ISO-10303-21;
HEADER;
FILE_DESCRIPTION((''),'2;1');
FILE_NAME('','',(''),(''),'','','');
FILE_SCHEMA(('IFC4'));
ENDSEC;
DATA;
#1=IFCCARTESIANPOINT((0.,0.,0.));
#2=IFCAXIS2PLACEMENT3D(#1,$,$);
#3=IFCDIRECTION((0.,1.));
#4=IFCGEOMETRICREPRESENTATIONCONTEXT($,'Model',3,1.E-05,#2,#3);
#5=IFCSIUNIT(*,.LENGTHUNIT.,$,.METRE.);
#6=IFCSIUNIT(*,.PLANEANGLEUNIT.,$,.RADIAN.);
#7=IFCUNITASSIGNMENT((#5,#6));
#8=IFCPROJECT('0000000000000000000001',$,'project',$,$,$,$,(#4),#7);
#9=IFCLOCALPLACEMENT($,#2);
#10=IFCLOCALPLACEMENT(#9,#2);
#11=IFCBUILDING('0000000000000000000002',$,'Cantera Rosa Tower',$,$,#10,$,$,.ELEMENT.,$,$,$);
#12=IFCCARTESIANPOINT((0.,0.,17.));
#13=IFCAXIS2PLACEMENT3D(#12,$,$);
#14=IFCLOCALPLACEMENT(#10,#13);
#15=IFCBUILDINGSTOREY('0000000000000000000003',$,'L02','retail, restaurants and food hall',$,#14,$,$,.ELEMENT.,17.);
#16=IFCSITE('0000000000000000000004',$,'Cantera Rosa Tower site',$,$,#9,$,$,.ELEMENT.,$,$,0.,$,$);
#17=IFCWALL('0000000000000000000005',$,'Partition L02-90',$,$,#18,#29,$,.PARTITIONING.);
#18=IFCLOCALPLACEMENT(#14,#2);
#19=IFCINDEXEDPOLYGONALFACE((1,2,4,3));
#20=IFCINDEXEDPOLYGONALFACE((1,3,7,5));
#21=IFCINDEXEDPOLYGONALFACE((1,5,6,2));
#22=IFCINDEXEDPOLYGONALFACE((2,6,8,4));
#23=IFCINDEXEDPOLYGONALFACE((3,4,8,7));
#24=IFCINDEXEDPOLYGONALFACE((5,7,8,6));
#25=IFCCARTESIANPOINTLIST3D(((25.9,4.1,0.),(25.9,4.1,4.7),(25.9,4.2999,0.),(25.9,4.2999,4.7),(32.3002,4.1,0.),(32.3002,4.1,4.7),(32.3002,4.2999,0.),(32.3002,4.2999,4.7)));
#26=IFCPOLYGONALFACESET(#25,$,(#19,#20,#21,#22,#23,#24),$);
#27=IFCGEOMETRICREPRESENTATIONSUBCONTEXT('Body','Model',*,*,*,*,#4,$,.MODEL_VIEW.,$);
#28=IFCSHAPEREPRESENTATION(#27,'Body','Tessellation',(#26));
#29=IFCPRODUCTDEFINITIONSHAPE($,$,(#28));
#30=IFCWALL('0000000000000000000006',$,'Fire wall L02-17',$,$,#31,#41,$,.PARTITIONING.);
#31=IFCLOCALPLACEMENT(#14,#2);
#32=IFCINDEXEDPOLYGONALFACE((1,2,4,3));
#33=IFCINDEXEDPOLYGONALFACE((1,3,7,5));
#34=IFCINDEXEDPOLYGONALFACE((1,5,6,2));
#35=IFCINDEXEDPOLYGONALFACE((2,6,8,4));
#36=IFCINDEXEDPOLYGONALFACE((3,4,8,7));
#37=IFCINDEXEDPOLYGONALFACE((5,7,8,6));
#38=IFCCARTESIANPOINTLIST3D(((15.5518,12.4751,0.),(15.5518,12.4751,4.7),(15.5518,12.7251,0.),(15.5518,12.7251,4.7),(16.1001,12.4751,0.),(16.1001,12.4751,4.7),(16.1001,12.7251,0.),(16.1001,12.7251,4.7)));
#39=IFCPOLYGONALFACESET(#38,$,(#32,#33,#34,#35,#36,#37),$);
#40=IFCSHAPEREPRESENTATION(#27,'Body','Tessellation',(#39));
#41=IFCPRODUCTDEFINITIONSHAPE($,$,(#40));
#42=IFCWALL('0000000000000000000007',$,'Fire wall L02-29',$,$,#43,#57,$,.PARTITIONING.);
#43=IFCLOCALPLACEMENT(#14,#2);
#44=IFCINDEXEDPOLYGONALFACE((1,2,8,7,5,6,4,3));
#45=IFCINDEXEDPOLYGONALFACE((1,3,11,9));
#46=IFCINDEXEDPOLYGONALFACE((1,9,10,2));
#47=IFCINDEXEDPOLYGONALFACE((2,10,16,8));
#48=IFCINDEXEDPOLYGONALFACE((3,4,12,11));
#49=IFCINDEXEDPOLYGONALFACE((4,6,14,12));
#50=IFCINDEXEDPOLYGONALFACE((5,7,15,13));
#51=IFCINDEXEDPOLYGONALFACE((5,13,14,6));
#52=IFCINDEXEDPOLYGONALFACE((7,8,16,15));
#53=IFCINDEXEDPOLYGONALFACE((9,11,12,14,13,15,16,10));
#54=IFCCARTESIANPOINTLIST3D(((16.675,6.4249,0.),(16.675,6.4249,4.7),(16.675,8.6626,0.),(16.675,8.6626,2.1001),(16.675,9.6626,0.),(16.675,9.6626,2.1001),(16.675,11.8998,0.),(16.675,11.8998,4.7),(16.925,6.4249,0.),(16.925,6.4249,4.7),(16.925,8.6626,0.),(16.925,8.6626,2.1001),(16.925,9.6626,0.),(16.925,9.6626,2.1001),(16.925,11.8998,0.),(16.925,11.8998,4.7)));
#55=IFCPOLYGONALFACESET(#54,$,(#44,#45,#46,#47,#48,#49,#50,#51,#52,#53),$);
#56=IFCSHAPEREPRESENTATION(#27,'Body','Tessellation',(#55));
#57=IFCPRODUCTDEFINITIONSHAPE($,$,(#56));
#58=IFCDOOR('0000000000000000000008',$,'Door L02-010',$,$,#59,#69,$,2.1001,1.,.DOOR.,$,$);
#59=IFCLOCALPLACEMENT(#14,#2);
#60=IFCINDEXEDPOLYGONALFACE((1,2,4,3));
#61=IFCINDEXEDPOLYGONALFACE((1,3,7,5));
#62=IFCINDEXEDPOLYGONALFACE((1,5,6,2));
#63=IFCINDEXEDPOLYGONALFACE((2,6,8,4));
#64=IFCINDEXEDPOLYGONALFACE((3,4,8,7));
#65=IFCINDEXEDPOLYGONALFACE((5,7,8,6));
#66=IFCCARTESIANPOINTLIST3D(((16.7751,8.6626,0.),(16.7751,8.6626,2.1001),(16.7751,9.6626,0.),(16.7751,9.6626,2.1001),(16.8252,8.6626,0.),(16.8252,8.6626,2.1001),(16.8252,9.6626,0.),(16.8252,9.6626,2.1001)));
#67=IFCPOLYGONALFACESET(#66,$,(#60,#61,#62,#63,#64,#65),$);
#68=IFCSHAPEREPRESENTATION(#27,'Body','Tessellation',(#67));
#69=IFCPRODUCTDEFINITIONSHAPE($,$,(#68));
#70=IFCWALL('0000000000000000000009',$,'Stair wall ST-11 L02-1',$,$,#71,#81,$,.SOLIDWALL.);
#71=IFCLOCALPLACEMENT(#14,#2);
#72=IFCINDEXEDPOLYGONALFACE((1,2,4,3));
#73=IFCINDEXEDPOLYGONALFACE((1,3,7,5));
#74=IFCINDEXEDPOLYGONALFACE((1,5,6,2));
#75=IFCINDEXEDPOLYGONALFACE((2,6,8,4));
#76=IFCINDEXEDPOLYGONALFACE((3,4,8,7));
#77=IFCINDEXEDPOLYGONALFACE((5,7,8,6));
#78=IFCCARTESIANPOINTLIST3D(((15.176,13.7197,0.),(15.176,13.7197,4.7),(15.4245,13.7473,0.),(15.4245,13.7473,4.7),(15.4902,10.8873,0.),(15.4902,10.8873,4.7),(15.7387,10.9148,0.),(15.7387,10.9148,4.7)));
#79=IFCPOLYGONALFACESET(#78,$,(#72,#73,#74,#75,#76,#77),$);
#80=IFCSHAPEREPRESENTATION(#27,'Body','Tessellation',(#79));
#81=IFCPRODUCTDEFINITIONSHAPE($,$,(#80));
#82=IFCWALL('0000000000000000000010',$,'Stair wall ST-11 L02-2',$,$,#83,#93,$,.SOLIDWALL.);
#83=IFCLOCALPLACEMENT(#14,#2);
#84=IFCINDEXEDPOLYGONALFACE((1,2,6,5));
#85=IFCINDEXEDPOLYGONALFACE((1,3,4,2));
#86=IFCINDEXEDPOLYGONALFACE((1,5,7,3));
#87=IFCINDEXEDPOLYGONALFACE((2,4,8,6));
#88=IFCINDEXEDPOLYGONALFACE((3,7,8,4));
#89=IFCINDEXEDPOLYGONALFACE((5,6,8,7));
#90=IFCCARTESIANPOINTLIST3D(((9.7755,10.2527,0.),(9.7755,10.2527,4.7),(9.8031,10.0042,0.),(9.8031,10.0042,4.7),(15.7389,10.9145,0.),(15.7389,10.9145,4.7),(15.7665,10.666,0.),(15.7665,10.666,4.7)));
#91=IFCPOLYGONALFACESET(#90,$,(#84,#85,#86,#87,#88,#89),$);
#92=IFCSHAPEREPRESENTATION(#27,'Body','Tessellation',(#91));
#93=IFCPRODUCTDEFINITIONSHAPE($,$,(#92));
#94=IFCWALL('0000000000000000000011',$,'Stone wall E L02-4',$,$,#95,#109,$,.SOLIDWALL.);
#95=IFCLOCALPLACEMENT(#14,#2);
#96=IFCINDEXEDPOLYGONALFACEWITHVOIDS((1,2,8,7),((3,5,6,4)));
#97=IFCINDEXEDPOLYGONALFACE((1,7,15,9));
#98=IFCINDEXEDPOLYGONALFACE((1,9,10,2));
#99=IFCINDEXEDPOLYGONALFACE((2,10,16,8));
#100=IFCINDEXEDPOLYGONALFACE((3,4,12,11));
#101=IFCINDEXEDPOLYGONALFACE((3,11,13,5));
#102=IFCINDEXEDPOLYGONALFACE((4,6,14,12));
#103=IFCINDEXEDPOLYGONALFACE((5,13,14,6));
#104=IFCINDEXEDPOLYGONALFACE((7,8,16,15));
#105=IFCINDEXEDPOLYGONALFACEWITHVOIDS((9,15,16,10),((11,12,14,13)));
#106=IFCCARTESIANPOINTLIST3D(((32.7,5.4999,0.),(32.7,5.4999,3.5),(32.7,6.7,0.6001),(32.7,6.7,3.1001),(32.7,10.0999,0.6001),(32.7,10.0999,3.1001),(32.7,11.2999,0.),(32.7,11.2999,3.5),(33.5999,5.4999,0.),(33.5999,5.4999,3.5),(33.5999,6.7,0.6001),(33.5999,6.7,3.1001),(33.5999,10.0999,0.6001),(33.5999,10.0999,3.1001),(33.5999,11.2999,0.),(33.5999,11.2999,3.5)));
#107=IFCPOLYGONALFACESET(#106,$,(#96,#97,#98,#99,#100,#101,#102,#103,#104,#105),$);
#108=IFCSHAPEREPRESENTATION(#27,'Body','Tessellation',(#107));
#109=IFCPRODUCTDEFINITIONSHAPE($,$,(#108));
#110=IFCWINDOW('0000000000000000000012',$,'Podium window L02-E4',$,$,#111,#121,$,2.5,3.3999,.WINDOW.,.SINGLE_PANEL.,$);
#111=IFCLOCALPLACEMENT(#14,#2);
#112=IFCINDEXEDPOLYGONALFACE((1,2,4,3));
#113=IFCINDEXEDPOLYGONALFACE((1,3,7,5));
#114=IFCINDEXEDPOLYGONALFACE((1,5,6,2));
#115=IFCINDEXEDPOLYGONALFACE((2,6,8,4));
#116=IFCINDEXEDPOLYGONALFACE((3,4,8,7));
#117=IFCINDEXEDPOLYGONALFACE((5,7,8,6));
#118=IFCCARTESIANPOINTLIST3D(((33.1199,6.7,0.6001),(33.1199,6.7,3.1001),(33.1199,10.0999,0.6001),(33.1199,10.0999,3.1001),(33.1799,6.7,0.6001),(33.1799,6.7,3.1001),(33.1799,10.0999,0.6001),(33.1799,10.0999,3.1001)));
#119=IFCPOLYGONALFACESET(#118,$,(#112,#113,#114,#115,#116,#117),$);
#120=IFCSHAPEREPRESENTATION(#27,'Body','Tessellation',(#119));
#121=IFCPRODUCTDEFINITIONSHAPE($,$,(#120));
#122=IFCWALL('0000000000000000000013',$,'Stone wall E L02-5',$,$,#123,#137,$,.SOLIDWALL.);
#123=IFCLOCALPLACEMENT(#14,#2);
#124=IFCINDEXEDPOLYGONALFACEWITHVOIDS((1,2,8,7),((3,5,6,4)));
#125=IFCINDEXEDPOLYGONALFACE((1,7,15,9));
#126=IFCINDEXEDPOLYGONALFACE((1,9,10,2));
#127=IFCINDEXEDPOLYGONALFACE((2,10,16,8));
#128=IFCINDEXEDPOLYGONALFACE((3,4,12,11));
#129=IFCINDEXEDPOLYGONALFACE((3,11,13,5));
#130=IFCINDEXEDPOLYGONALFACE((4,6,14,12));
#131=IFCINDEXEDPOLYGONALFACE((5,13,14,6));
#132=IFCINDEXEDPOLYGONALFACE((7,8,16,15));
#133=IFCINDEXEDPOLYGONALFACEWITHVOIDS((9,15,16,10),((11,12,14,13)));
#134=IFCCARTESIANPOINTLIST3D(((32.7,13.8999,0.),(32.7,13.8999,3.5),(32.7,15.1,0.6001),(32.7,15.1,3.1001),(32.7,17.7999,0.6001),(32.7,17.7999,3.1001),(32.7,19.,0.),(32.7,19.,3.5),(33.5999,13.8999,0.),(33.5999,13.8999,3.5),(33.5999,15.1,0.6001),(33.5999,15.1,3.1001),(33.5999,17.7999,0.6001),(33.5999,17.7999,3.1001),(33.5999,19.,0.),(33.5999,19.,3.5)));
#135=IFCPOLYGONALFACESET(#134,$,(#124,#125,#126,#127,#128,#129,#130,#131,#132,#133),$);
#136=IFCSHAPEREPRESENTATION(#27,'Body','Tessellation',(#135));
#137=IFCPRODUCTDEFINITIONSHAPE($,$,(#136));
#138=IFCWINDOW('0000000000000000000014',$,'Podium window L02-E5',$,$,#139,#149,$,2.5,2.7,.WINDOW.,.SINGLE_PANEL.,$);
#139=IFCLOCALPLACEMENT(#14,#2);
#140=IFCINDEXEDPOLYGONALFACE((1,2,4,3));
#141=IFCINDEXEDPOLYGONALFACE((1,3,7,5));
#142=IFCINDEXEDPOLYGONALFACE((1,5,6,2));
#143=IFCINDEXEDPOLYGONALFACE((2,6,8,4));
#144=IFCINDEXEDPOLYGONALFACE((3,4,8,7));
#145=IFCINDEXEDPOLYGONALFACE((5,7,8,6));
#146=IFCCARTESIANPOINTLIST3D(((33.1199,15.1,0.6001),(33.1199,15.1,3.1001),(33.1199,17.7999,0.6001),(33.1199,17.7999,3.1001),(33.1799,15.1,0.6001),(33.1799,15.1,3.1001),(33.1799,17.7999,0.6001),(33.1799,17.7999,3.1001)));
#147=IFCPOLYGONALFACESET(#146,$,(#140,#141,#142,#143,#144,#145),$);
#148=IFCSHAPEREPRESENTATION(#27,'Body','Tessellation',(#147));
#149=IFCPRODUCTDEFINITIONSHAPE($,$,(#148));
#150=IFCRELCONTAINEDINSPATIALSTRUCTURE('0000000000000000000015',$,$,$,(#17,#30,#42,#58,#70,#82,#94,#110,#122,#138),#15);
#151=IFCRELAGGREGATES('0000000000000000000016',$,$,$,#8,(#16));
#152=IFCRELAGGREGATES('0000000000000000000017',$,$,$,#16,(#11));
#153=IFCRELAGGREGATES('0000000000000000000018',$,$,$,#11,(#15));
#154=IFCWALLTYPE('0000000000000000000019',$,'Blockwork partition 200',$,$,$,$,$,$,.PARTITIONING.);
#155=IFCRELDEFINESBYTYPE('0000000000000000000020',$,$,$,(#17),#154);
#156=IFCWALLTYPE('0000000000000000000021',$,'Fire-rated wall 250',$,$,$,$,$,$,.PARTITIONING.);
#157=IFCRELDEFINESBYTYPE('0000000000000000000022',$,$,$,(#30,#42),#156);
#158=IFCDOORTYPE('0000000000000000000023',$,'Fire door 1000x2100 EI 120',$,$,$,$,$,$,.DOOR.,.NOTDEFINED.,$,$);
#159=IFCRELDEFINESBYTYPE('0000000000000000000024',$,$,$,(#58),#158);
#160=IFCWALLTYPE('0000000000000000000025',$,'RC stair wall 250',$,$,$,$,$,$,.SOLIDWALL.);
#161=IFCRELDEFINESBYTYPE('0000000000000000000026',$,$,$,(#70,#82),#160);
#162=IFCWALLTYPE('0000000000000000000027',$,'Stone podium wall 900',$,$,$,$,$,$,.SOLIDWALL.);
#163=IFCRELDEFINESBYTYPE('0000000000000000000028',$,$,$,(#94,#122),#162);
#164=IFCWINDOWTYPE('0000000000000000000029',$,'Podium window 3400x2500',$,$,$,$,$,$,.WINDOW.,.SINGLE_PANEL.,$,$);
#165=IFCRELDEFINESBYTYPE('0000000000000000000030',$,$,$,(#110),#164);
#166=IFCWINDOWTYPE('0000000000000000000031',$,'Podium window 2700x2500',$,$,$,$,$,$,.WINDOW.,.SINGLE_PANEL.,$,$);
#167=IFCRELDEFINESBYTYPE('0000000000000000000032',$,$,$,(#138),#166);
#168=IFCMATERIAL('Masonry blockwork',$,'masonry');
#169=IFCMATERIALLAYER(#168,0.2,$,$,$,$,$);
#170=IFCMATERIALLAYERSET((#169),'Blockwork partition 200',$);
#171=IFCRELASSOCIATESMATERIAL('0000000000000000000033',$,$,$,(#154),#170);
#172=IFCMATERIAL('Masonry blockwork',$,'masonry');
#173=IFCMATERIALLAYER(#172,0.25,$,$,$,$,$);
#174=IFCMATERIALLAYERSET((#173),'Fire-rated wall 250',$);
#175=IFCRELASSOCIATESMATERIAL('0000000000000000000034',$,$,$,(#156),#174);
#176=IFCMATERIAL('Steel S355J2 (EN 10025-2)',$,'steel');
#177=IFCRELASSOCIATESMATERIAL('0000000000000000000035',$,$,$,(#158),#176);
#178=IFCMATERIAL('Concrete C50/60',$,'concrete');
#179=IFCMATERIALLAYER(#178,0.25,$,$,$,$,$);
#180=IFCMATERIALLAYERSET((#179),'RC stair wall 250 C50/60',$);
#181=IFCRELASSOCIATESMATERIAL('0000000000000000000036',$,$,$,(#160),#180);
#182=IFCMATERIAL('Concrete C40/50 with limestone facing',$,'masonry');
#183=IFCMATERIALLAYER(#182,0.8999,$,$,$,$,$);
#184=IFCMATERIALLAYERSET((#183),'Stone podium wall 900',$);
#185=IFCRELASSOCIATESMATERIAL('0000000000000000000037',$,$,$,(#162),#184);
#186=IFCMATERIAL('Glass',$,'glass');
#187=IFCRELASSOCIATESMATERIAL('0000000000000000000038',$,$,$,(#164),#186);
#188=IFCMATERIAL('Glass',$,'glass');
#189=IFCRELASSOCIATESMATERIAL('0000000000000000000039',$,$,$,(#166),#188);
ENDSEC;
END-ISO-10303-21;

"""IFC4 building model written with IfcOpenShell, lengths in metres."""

from ifc_helpers import new_model, si_unit, direction, frame, frame_2d, origin, place, context, subcontext, project, spatial, rectangle, extrude, material, layer, layer_set, type_object, element, fill, save


model = new_model("IFC4")

# Units and contexts
model_context = context("Model", 3, precision=1e-05, world=origin(), true_north=direction((0.0, 1.0)))
body_context = subcontext(model_context, "Body", "Model", "MODEL_VIEW")
ifc_project = project(units=[si_unit("LENGTHUNIT", "METRE"), si_unit("PLANEANGLEUNIT", "RADIAN")], contexts=[model_context])

# Site, building, storey
site_placement = place(None, origin())
site = spatial("IfcSite", under=ifc_project, at=site_placement, Name="Cantera Rosa Tower site", CompositionType="ELEMENT", RefElevation=0.0)
building_placement = place(site_placement, origin())
building = spatial("IfcBuilding", under=site, at=building_placement, Name="Cantera Rosa Tower", CompositionType="ELEMENT")
storey_placement = place(building_placement, frame((0.0, 0.0, 17.0)))
storey = spatial("IfcBuildingStorey", under=building, at=storey_placement, Name="L02", Description="retail, restaurants and food hall", CompositionType="ELEMENT", Elevation=17.0)

# Shared definitions
ifc_material_1 = material(Name="Masonry blockwork", Category="masonry")
ifc_layer_1 = layer(ifc_material_1, 0.2)
ifc_layer_set_1 = layer_set([ifc_layer_1], Name="Blockwork partition 200")
wall_type_1 = type_object("IfcWallType", Name="Blockwork partition 200", PredefinedType="PARTITIONING", material=ifc_layer_set_1)

# Walls
wall_1_placement = place(storey_placement, frame((25.8999, 4.2, 0.0), z_axis=(0.0, 0.0, 1.0), x_axis=(1.0, 0.0, 0.0)))
element("IfcWall", 1, at=wall_1_placement, inside=storey, type_object=wall_type_1, Name="Partition L02-90", PredefinedType="PARTITIONING", context=body_context, shape_type="SweptSolid", body=[
    extrude(rectangle(XDim=6.4001, YDim=0.2, at=frame_2d((3.2002, 0.0))), origin(), (0.0, 0.0, 1.0), 4.7),
])
ifc_material_2 = material(Name="Masonry blockwork", Category="masonry")
ifc_layer_2 = layer(ifc_material_2, 0.25)
ifc_layer_set_2 = layer_set([ifc_layer_2], Name="Fire-rated wall 250")
wall_type_2 = type_object("IfcWallType", Name="Fire-rated wall 250", PredefinedType="PARTITIONING", material=ifc_layer_set_2)
wall_2_placement = place(storey_placement, frame((15.5518, 12.6001, 0.0), z_axis=(0.0, 0.0, 1.0), x_axis=(1.0, 0.0, 0.0)))
element("IfcWall", 2, at=wall_2_placement, inside=storey, type_object=wall_type_2, Name="Fire wall L02-17", PredefinedType="PARTITIONING", context=body_context, shape_type="SweptSolid", body=[
    extrude(rectangle(XDim=0.5483, YDim=0.25, at=frame_2d((0.2742, 0.0))), origin(), (0.0, 0.0, 1.0), 4.7),
])

# Wall, opening, door
wall_3_placement = place(storey_placement, frame((16.8, 6.425, 0.0), z_axis=(0.0, 0.0, 1.0), x_axis=(0.0, 1.0, 0.0)))
wall_3 = element("IfcWall", 3, at=wall_3_placement, inside=storey, type_object=wall_type_2, Name="Fire wall L02-29", PredefinedType="PARTITIONING", context=body_context, shape_type="SweptSolid", body=[
    extrude(rectangle(XDim=5.4749, YDim=0.25, at=frame_2d((2.7373, 0.0))), origin(), (0.0, 0.0, 1.0), 4.7),
])
opening_1_placement = place(wall_3_placement, frame((2.2375, 0.0, 0.0)))
opening_1 = element("IfcOpeningElement", 4, at=opening_1_placement, cuts=wall_3, PredefinedType="OPENING", context=body_context, shape_type="SweptSolid", body=[
    extrude(rectangle(XDim=1.0, YDim=2.1001, at=frame_2d((0.5, 1.05))), frame((0.0, 0.135, 0.0), z_axis=(0.0, -1.0, 0.0), x_axis=(1.0, 0.0, 0.0)), (0.0, 0.0, 1.0), 0.27),
])
ifc_material_3 = material(Name="Steel S355J2 (EN 10025-2)", Category="steel")
door_type_1 = type_object("IfcDoorType", Name="Fire door 1000x2100 EI 120", OperationType="NOTDEFINED", PredefinedType="DOOR", material=ifc_material_3)
door_1_placement = place(opening_1_placement, origin())
door_1 = element("IfcDoor", 5, at=door_1_placement, inside=storey, type_object=door_type_1, Name="Door L02-010", OverallHeight=2.1001, OverallWidth=1.0, PredefinedType="DOOR", context=body_context, shape_type="SweptSolid", body=[
    extrude(rectangle(XDim=1.0, YDim=2.1001, at=frame_2d((0.5, 1.05))), frame((0.0, 0.0249, 0.0), z_axis=(0.0, -1.0, 0.0), x_axis=(1.0, 0.0, 0.0)), (0.0, 0.0, 1.0), 0.05),
])
fill(opening_1, door_1)

# Walls
ifc_material_4 = material(Name="Concrete C50/60", Category="concrete")
ifc_layer_3 = layer(ifc_material_4, 0.25)
ifc_layer_set_3 = layer_set([ifc_layer_3], Name="RC stair wall 250 C50/60")
wall_type_3 = type_object("IfcWallType", Name="RC stair wall 250", PredefinedType="SOLIDWALL", material=ifc_layer_set_3)
wall_4_placement = place(storey_placement, frame((15.3003, 13.7334, 0.0), z_axis=(0.0, 0.0, 1.0), x_axis=(0.110253, -0.993904, 0.0)))
element("IfcWall", 6, at=wall_4_placement, inside=storey, type_object=wall_type_3, Name="Stair wall ST-11 L02-1", PredefinedType="SOLIDWALL", context=body_context, shape_type="SweptSolid", body=[
    extrude(rectangle(XDim=2.8499, YDim=0.25, at=frame_2d((1.4248, 0.0))), origin(), (0.0, 0.0, 1.0), 4.7),
])
wall_5_placement = place(storey_placement, frame((15.7527, 10.7903, 0.0), z_axis=(0.0, 0.0, 1.0), x_axis=(-0.993897, -0.110311, 0.0)))
element("IfcWall", 7, at=wall_5_placement, inside=storey, type_object=wall_type_3, Name="Stair wall ST-11 L02-2", PredefinedType="SOLIDWALL", context=body_context, shape_type="SweptSolid", body=[
    extrude(rectangle(XDim=6.0, YDim=0.25, at=frame_2d((3.0, 0.0))), origin(), (0.0, 0.0, 1.0), 4.7),
])

# Walls, openings, windows
ifc_material_5 = material(Name="Concrete C40/50 with limestone facing", Category="masonry")
ifc_layer_4 = layer(ifc_material_5, 0.8999)
ifc_layer_set_4 = layer_set([ifc_layer_4], Name="Stone podium wall 900")
wall_type_4 = type_object("IfcWallType", Name="Stone podium wall 900", PredefinedType="SOLIDWALL", material=ifc_layer_set_4)
wall_6_placement = place(storey_placement, frame((33.1499, 5.5, 0.0), z_axis=(0.0, 0.0, 1.0), x_axis=(0.0, 1.0, 0.0)))
wall_6 = element("IfcWall", 8, at=wall_6_placement, inside=storey, type_object=wall_type_4, Name="Stone wall E L02-4", PredefinedType="SOLIDWALL", context=body_context, shape_type="SweptSolid", body=[
    extrude(rectangle(XDim=5.8, YDim=0.8999, at=frame_2d((2.8999, 0.0))), origin(), (0.0, 0.0, 1.0), 3.5),
])
opening_2_placement = place(wall_6_placement, frame((1.2, 0.0, 0.6001)))
opening_2 = element("IfcOpeningElement", 9, at=opening_2_placement, cuts=wall_6, PredefinedType="OPENING", context=body_context, shape_type="SweptSolid", body=[
    extrude(rectangle(XDim=3.3999, YDim=2.5, at=frame_2d((1.7, 1.25))), frame((0.0, 0.46, 0.0), z_axis=(0.0, -1.0, 0.0), x_axis=(1.0, 0.0, 0.0)), (0.0, 0.0, 1.0), 0.9199),
])
ifc_material_6 = material(Name="Glass", Category="glass")
window_type_1 = type_object("IfcWindowType", Name="Podium window 3400x2500", PartitioningType="SINGLE_PANEL", PredefinedType="WINDOW", material=ifc_material_6)
window_1_placement = place(opening_2_placement, origin())
window_1 = element("IfcWindow", 10, at=window_1_placement, inside=storey, type_object=window_type_1, Name="Podium window L02-E4", OverallHeight=2.5, OverallWidth=3.3999, PartitioningType="SINGLE_PANEL", PredefinedType="WINDOW", context=body_context, shape_type="SweptSolid", body=[
    extrude(rectangle(XDim=3.3999, YDim=2.5, at=frame_2d((1.7, 1.25))), frame((0.0, 0.03, 0.0), z_axis=(0.0, -1.0, 0.0), x_axis=(1.0, 0.0, 0.0)), (0.0, 0.0, 1.0), 0.0601),
])
fill(opening_2, window_1)
wall_7_placement = place(storey_placement, frame((33.1499, 13.8999, 0.0), z_axis=(0.0, 0.0, 1.0), x_axis=(0.0, 1.0, 0.0)))
wall_7 = element("IfcWall", 11, at=wall_7_placement, inside=storey, type_object=wall_type_4, Name="Stone wall E L02-5", PredefinedType="SOLIDWALL", context=body_context, shape_type="SweptSolid", body=[
    extrude(rectangle(XDim=5.1001, YDim=0.8999, at=frame_2d((2.55, 0.0))), origin(), (0.0, 0.0, 1.0), 3.5),
])
opening_3_placement = place(wall_7_placement, frame((1.2, 0.0, 0.6001)))
opening_3 = element("IfcOpeningElement", 12, at=opening_3_placement, cuts=wall_7, PredefinedType="OPENING", context=body_context, shape_type="SweptSolid", body=[
    extrude(rectangle(XDim=2.7, YDim=2.5, at=frame_2d((1.3501, 1.25))), frame((0.0, 0.46, 0.0), z_axis=(0.0, -1.0, 0.0), x_axis=(1.0, 0.0, 0.0)), (0.0, 0.0, 1.0), 0.9199),
])
ifc_material_7 = material(Name="Glass", Category="glass")
window_type_2 = type_object("IfcWindowType", Name="Podium window 2700x2500", PartitioningType="SINGLE_PANEL", PredefinedType="WINDOW", material=ifc_material_7)
window_2_placement = place(opening_3_placement, origin())
window_2 = element("IfcWindow", 13, at=window_2_placement, inside=storey, type_object=window_type_2, Name="Podium window L02-E5", OverallHeight=2.5, OverallWidth=2.7, PartitioningType="SINGLE_PANEL", PredefinedType="WINDOW", context=body_context, shape_type="SweptSolid", body=[
    extrude(rectangle(XDim=2.7, YDim=2.5, at=frame_2d((1.3501, 1.25))), frame((0.0, 0.03, 0.0), z_axis=(0.0, -1.0, 0.0), x_axis=(1.0, 0.0, 0.0)), (0.0, 0.0, 1.0), 0.0601),
])
fill(opening_3, window_2)

save(model, "model.ifc")
